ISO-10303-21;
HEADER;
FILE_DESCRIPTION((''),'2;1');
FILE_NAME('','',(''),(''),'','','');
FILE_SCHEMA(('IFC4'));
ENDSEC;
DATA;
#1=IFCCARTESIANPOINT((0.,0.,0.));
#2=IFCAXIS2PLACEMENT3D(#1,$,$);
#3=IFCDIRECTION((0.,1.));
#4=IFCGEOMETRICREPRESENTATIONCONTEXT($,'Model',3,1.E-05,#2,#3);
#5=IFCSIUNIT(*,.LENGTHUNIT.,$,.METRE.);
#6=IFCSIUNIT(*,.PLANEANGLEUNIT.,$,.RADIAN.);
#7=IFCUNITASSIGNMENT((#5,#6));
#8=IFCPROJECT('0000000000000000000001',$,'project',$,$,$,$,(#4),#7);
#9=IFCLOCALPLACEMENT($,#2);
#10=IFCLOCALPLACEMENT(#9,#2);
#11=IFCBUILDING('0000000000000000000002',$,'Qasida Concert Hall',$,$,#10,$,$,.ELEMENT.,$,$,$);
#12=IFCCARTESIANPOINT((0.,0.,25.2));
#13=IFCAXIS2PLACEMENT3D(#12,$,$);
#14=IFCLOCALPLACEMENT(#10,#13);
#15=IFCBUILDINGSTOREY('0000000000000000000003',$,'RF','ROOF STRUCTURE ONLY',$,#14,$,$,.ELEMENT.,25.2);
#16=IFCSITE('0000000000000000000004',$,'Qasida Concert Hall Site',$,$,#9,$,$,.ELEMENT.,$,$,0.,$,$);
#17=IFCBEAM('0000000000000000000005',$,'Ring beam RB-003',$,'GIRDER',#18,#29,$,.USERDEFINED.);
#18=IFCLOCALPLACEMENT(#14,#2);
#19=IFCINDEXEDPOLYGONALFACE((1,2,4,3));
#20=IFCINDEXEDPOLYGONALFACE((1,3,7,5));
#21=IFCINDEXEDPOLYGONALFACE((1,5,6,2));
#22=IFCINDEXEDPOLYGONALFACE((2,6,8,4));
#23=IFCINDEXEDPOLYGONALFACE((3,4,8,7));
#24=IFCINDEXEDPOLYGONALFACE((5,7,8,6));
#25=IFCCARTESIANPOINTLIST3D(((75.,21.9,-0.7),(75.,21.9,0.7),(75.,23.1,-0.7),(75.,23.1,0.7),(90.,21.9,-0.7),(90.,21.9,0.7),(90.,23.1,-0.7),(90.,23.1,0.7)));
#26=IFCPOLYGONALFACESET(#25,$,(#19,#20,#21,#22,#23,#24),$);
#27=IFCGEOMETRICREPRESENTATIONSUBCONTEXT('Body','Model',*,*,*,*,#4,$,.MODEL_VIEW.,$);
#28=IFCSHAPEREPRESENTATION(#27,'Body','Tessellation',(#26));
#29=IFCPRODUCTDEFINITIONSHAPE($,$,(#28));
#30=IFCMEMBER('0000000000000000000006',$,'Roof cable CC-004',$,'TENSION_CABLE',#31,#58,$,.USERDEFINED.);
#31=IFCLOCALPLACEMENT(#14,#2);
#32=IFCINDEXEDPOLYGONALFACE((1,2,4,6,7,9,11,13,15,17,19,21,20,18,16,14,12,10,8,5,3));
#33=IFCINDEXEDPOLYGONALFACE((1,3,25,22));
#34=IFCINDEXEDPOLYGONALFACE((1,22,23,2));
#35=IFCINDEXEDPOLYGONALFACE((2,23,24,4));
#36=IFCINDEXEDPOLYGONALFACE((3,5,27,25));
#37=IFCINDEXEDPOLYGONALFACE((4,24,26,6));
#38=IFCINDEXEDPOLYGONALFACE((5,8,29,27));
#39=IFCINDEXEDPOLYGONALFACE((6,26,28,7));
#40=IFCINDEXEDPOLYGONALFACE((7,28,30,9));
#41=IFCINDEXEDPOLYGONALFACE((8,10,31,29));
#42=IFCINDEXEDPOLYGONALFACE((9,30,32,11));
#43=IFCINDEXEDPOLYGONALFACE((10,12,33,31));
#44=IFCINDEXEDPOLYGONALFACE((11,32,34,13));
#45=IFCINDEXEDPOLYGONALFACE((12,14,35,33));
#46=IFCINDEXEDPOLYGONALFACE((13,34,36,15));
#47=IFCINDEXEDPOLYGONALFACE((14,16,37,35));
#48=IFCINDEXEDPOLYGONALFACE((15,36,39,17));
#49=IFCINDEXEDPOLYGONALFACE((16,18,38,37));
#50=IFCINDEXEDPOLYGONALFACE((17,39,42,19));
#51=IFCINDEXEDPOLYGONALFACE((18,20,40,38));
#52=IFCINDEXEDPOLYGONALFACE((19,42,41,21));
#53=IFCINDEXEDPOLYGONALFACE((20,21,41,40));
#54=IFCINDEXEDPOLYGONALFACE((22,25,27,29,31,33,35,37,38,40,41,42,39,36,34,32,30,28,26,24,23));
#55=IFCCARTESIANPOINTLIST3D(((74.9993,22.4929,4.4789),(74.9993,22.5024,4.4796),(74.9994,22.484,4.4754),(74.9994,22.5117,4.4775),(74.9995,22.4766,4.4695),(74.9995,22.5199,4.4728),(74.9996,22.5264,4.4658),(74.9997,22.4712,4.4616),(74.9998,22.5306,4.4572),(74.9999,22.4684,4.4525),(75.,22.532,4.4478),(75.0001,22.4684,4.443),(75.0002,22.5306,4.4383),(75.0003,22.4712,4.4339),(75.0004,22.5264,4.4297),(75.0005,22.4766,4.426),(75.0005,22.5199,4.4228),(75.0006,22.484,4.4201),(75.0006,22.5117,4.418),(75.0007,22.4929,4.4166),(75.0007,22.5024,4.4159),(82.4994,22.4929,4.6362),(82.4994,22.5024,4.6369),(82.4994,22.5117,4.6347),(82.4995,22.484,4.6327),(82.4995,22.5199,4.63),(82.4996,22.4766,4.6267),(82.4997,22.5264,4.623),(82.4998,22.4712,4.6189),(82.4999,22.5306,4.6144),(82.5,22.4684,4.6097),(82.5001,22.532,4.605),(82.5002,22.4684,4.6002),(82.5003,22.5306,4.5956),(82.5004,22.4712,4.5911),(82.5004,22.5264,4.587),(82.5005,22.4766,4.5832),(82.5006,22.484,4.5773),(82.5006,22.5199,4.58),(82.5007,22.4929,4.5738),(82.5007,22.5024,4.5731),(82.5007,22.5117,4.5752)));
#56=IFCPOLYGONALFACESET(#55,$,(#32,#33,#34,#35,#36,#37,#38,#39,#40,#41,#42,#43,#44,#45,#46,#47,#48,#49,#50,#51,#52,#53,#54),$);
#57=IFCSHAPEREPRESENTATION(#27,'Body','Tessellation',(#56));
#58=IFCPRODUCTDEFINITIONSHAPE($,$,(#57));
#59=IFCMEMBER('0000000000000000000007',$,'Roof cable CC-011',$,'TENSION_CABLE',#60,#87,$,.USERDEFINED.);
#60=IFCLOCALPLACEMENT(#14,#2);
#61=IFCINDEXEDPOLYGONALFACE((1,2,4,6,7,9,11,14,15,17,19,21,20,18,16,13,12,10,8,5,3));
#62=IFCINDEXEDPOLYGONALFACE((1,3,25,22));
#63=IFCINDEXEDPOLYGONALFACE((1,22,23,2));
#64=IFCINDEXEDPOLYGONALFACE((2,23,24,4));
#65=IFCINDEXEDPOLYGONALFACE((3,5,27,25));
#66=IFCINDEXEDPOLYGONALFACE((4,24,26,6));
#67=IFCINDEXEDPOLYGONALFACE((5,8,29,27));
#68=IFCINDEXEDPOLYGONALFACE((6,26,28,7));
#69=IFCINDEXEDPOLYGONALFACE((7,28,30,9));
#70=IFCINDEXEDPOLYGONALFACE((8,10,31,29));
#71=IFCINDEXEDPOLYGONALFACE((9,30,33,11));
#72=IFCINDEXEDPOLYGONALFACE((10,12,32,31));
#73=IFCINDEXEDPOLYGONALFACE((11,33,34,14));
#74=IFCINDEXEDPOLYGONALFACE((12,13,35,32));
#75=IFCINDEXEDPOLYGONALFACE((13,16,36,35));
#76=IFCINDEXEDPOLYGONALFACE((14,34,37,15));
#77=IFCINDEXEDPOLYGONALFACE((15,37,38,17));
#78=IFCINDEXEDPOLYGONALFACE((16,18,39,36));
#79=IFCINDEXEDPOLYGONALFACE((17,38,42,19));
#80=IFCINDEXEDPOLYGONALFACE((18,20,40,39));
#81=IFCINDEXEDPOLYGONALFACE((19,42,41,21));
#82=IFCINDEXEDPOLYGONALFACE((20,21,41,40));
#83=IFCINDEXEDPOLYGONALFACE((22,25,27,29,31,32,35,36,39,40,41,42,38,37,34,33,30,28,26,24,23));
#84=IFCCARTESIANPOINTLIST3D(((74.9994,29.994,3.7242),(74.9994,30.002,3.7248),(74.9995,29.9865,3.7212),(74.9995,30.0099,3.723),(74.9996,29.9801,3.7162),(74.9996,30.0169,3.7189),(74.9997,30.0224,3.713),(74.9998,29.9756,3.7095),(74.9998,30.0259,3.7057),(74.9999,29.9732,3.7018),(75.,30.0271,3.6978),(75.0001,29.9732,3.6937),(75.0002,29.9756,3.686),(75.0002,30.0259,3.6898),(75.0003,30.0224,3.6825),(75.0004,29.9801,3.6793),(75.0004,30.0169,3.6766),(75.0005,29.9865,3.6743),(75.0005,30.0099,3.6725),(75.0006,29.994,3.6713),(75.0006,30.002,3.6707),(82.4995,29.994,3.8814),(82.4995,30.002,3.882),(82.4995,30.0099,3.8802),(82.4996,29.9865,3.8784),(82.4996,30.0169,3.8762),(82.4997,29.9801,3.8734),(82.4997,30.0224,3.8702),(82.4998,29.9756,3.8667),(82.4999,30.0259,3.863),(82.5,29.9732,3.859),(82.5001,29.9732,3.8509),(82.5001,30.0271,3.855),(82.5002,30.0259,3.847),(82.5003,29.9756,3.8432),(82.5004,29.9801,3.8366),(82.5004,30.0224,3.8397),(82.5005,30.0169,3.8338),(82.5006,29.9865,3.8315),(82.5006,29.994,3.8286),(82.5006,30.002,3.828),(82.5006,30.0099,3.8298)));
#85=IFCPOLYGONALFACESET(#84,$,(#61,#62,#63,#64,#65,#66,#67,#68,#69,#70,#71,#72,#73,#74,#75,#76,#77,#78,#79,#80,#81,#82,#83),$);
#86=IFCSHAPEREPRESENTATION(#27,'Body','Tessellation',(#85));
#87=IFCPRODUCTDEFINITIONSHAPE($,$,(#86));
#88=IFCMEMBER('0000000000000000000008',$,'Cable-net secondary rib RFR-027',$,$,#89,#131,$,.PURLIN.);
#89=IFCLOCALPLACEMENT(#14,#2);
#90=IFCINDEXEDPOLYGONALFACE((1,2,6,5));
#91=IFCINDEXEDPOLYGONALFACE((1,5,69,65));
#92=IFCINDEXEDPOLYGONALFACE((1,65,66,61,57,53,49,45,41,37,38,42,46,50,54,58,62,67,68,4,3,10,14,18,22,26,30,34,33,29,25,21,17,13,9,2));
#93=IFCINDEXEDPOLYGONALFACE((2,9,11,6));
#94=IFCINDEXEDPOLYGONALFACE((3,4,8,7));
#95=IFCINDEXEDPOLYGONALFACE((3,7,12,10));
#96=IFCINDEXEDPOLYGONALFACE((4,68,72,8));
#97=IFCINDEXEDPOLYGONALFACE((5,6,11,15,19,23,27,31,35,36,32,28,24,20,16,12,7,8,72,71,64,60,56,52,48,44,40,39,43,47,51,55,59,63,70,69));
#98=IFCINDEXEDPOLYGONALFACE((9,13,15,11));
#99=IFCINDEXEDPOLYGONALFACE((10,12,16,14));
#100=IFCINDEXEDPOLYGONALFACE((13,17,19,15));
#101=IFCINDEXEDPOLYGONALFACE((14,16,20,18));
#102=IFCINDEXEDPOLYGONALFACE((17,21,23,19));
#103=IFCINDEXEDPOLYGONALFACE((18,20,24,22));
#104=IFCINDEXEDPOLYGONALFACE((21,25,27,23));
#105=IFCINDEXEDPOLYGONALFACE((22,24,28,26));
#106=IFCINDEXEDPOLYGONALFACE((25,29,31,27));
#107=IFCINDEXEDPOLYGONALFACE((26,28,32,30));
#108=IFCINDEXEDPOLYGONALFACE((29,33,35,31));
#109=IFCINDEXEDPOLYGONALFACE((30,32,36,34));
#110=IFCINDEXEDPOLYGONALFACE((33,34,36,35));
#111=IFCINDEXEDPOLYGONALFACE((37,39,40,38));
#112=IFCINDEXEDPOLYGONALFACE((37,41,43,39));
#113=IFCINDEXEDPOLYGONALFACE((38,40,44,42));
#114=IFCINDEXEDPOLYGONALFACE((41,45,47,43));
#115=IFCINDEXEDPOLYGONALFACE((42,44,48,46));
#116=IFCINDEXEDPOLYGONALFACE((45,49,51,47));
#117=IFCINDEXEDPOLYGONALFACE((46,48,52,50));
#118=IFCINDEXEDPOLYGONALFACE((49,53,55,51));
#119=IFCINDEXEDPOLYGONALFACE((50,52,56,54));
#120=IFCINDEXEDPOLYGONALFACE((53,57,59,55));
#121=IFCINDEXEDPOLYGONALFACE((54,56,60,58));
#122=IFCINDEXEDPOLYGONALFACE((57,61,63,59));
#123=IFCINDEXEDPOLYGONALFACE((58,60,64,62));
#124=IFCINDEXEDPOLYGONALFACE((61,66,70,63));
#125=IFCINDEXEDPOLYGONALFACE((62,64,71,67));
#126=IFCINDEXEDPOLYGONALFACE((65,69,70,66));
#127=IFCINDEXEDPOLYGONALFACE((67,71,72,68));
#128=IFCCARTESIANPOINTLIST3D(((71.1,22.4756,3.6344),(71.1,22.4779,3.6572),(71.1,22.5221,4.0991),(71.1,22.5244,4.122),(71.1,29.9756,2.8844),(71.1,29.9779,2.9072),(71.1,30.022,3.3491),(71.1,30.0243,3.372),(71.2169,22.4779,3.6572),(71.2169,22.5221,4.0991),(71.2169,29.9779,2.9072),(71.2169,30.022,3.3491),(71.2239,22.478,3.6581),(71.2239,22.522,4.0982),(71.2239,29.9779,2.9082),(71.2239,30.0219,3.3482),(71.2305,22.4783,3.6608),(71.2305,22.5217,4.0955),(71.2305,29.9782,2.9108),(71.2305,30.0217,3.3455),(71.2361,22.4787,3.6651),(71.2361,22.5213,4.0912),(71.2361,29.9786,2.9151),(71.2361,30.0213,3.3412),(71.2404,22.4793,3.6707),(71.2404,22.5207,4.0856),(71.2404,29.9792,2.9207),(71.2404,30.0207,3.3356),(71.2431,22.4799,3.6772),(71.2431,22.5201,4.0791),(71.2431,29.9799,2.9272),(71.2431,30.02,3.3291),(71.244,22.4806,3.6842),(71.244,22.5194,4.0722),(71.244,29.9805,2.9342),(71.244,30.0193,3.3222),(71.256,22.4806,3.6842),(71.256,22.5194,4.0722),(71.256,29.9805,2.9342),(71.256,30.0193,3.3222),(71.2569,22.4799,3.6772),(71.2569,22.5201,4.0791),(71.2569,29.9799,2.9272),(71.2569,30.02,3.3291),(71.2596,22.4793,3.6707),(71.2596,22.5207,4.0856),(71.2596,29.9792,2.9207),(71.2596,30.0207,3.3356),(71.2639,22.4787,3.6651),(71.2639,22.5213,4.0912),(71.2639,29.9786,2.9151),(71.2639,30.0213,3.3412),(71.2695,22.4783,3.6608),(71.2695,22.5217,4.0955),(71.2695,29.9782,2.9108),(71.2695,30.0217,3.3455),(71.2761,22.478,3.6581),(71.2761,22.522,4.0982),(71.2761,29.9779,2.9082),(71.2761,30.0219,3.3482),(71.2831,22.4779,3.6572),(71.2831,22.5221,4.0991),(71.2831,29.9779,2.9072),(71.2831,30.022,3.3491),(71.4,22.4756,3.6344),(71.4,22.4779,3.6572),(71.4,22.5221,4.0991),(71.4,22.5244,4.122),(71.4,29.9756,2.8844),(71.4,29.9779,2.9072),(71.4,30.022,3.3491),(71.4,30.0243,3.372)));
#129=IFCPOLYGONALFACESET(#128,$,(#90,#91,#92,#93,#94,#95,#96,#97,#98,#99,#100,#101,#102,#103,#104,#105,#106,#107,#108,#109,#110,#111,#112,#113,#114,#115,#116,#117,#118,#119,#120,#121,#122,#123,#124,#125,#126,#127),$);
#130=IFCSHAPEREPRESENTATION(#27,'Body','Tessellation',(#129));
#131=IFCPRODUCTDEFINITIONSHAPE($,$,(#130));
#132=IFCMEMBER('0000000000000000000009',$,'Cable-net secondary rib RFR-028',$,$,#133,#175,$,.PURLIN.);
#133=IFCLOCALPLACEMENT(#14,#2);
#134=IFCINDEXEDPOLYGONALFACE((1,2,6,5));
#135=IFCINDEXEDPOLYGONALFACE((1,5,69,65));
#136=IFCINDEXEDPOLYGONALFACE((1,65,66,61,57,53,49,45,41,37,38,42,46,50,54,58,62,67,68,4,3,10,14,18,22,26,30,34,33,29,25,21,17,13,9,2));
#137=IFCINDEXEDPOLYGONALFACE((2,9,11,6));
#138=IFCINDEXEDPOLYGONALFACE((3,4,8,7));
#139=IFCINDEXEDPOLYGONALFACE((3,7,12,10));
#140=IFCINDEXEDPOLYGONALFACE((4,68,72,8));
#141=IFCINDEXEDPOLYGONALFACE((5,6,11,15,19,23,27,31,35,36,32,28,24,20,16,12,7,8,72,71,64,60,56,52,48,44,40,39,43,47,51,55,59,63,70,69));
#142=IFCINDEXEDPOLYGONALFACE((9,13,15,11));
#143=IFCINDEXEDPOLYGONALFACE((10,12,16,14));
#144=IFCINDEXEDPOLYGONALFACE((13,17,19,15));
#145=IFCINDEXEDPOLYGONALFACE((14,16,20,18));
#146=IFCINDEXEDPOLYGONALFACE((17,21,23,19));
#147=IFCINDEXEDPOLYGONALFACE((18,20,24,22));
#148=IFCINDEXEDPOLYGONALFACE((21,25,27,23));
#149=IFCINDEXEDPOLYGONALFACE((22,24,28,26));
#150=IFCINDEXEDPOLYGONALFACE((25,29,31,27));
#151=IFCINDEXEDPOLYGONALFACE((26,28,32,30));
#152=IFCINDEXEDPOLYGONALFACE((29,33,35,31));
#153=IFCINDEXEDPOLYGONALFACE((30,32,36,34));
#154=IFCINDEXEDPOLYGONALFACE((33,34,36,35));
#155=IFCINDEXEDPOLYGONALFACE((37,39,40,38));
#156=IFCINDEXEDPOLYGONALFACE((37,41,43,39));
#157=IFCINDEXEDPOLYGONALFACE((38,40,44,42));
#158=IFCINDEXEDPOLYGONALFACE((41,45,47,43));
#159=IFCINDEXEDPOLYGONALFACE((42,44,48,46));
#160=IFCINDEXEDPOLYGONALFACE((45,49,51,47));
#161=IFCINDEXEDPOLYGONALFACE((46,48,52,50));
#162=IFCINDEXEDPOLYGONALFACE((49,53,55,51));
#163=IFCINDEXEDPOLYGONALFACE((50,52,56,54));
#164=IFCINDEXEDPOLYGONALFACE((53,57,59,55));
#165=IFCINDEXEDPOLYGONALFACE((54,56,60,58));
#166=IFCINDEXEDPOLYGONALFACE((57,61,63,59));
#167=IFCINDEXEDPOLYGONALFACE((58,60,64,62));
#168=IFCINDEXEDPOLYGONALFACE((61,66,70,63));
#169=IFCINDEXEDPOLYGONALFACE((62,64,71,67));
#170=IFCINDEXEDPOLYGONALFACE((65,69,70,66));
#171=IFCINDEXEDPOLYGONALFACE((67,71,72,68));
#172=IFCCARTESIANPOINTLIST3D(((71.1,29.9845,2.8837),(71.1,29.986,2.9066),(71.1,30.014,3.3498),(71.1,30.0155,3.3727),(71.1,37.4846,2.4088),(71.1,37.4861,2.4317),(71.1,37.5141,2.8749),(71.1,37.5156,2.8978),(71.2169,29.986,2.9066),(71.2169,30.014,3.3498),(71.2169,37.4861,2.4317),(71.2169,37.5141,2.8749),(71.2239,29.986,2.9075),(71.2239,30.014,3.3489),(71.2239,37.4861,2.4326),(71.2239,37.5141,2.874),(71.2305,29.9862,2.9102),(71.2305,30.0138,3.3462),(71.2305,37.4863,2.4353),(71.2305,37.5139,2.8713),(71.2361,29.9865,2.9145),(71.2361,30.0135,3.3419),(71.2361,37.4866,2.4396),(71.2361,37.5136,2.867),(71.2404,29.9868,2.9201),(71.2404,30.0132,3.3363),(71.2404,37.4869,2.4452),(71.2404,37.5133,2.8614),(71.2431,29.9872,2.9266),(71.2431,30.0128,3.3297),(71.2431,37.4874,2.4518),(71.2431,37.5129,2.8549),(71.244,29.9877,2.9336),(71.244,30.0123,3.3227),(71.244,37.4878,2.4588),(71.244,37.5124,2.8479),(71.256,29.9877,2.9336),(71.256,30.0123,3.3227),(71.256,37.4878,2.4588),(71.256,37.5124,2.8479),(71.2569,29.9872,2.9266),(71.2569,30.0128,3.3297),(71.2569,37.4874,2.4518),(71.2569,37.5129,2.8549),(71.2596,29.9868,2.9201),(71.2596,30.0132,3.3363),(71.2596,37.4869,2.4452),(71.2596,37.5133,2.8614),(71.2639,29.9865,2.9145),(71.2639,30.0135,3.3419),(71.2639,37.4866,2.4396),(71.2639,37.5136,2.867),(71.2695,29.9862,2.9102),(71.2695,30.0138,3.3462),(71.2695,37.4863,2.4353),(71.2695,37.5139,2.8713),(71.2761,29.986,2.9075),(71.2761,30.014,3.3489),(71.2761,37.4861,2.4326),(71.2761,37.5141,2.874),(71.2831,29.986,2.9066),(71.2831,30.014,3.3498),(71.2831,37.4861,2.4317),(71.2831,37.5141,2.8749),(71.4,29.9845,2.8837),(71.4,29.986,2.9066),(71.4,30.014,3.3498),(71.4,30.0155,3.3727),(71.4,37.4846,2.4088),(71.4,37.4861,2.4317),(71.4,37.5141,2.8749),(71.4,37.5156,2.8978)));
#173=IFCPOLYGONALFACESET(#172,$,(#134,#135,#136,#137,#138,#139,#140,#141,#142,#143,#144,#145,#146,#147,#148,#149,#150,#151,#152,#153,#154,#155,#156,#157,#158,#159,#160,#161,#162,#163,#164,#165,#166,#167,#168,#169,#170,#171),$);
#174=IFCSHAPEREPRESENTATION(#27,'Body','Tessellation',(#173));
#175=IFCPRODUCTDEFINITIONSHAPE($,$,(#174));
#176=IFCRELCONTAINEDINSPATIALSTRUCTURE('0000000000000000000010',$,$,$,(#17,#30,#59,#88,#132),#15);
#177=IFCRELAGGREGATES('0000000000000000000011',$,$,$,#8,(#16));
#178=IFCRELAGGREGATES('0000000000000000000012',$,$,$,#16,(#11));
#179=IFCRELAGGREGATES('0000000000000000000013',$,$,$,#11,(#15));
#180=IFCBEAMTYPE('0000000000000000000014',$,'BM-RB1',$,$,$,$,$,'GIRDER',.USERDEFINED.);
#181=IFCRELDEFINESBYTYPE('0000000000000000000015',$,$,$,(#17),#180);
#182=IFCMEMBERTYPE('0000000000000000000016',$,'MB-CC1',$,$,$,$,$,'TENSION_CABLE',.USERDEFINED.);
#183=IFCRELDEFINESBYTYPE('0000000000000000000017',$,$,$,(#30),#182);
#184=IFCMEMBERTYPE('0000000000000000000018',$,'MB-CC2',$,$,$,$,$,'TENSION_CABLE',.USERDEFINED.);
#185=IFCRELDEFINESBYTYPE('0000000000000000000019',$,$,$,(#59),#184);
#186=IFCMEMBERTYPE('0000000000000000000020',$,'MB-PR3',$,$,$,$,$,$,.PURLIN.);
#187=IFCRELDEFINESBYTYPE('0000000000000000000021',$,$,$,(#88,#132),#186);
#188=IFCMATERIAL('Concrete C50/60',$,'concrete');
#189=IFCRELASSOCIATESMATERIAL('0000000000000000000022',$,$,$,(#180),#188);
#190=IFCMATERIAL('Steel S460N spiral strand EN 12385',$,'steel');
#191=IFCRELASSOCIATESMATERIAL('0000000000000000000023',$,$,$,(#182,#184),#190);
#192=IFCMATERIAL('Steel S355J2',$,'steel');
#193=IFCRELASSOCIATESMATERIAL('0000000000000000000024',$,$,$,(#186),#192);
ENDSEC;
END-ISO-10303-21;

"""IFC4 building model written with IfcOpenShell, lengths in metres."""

from ifc_helpers import new_model, si_unit, direction, frame, origin, origin_2d, place, context, subcontext, project, spatial, rectangle, circle, i_section, extrude, material, material_profile, profile_set, type_object, element, save


model = new_model("IFC4")

# Units and contexts
model_context = context("Model", 3, precision=1e-05, world=origin(), true_north=direction((0.0, 1.0)))
body_context = subcontext(model_context, "Body", "Model", "MODEL_VIEW")
ifc_project = project(units=[si_unit("LENGTHUNIT", "METRE"), si_unit("PLANEANGLEUNIT", "RADIAN")], contexts=[model_context])

# Site, building, storey
site_placement = place(None, origin())
site = spatial("IfcSite", under=ifc_project, at=site_placement, Name="Qasida Concert Hall Site", CompositionType="ELEMENT", RefElevation=0.0)
building_placement = place(site_placement, origin())
building = spatial("IfcBuilding", under=site, at=building_placement, Name="Qasida Concert Hall", CompositionType="ELEMENT")
storey_placement = place(building_placement, frame((0.0, 0.0, 25.2)))
storey = spatial("IfcBuildingStorey", under=building, at=storey_placement, Name="RF", Description="ROOF STRUCTURE ONLY", CompositionType="ELEMENT", Elevation=25.2)

# Beam
ifc_material_1 = material(Name="Concrete C50/60", Category="concrete")
ifc_material_profile_1 = material_profile(ifc_material_1, rectangle(XDim=1.2, YDim=1.3999, at=origin_2d()), Name="RC 1200x1400")
ifc_profile_set_1 = profile_set([ifc_material_profile_1], Name="Concrete C50/60")
beam_type = type_object("IfcBeamType", Name="BM-RB1", ElementType="GIRDER", PredefinedType="USERDEFINED", material=ifc_profile_set_1)
beam_placement = place(storey_placement, frame((75.0, 22.5, 0.0), z_axis=(1.0, 0.0, 0.0), x_axis=(0.0, 1.0, 0.0)))
element("IfcBeam", 1, at=beam_placement, inside=storey, type_object=beam_type, Name="Ring beam RB-003", ObjectType="GIRDER", PredefinedType="USERDEFINED", context=body_context, shape_type="SweptSolid", body=[
    extrude(rectangle(XDim=1.2, YDim=1.3999, at=origin_2d()), origin(), (0.0, 0.0, 1.0), 15.0),
])

# Members
ifc_material_2 = material(Name="Steel S460N spiral strand EN 12385", Category="steel")
ifc_material_profile_2 = material_profile(ifc_material_2, circle(Radius=0.032, at=origin_2d()), Name="STRAND D64")
ifc_profile_set_2 = profile_set([ifc_material_profile_2], Name="Steel S460N spiral strand EN 12385")
member_type_1 = type_object("IfcMemberType", Name="MB-CC1", ElementType="TENSION_CABLE", PredefinedType="USERDEFINED", material=ifc_profile_set_2)
member_1_placement = place(storey_placement, frame((75.0, 22.5, 4.4478), z_axis=(0.99978, 0.0, 0.020959), x_axis=(0.0, 1.0, 0.0)))
element("IfcMember", 2, at=member_1_placement, inside=storey, type_object=member_type_1, Name="Roof cable CC-004", ObjectType="TENSION_CABLE", PredefinedType="USERDEFINED", context=body_context, shape_type="SweptSolid", body=[
    extrude(circle(Radius=0.032, at=origin_2d()), origin(), (0.0, 0.0, 1.0), 7.5017),
])
ifc_material_profile_3 = material_profile(ifc_material_2, circle(Radius=0.0271, at=origin_2d()), Name="STRAND D54")
ifc_profile_set_3 = profile_set([ifc_material_profile_3], Name="Steel S460N spiral strand EN 12385")
member_type_2 = type_object("IfcMemberType", Name="MB-CC2", ElementType="TENSION_CABLE", PredefinedType="USERDEFINED", material=ifc_profile_set_3)
member_2_placement = place(storey_placement, frame((75.0, 30.0, 3.6978), z_axis=(0.99978, 0.0, 0.020959), x_axis=(0.0, 1.0, 0.0)))
element("IfcMember", 3, at=member_2_placement, inside=storey, type_object=member_type_2, Name="Roof cable CC-011", ObjectType="TENSION_CABLE", PredefinedType="USERDEFINED", context=body_context, shape_type="SweptSolid", body=[
    extrude(circle(Radius=0.0271, at=origin_2d()), origin(), (0.0, 0.0, 1.0), 7.5017),
])
ifc_material_3 = material(Name="Steel S355J2", Category="steel")
ifc_material_profile_4 = material_profile(ifc_material_3, i_section(OverallWidth=0.3, OverallDepth=0.49, WebThickness=0.012, FlangeThickness=0.0229, FilletRadius=0.0271, at=origin_2d()), Name="HEA 500")
ifc_profile_set_4 = profile_set([ifc_material_profile_4], Name="Steel S355J2")
member_type_3 = type_object("IfcMemberType", Name="MB-PR3", PredefinedType="PURLIN", material=ifc_profile_set_4)
member_3_placement = place(storey_placement, frame((71.25, 22.5, 3.8782), z_axis=(0.0, 0.995037, -0.099504), x_axis=(-1.0, 0.0, 0.0)))
element("IfcMember", 4, at=member_3_placement, inside=storey, type_object=member_type_3, Name="Cable-net secondary rib RFR-027", PredefinedType="PURLIN", context=body_context, shape_type="SweptSolid", body=[
    extrude(i_section(OverallWidth=0.3, OverallDepth=0.49, WebThickness=0.012, FlangeThickness=0.0229, FilletRadius=0.0271, at=origin_2d()), origin(), (0.0, 0.0, 1.0), 7.5374),
])
member_4_placement = place(storey_placement, frame((71.25, 30.0, 3.1282), z_axis=(0.0, 0.998002, -0.063187), x_axis=(-1.0, 0.0, 0.0)))
element("IfcMember", 5, at=member_4_placement, inside=storey, type_object=member_type_3, Name="Cable-net secondary rib RFR-028", PredefinedType="PURLIN", context=body_context, shape_type="SweptSolid", body=[
    extrude(i_section(OverallWidth=0.3, OverallDepth=0.49, WebThickness=0.012, FlangeThickness=0.0229, FilletRadius=0.0271, at=origin_2d()), origin(), (0.0, 0.0, 1.0), 7.5151),
])

save(model, "model.ifc")
